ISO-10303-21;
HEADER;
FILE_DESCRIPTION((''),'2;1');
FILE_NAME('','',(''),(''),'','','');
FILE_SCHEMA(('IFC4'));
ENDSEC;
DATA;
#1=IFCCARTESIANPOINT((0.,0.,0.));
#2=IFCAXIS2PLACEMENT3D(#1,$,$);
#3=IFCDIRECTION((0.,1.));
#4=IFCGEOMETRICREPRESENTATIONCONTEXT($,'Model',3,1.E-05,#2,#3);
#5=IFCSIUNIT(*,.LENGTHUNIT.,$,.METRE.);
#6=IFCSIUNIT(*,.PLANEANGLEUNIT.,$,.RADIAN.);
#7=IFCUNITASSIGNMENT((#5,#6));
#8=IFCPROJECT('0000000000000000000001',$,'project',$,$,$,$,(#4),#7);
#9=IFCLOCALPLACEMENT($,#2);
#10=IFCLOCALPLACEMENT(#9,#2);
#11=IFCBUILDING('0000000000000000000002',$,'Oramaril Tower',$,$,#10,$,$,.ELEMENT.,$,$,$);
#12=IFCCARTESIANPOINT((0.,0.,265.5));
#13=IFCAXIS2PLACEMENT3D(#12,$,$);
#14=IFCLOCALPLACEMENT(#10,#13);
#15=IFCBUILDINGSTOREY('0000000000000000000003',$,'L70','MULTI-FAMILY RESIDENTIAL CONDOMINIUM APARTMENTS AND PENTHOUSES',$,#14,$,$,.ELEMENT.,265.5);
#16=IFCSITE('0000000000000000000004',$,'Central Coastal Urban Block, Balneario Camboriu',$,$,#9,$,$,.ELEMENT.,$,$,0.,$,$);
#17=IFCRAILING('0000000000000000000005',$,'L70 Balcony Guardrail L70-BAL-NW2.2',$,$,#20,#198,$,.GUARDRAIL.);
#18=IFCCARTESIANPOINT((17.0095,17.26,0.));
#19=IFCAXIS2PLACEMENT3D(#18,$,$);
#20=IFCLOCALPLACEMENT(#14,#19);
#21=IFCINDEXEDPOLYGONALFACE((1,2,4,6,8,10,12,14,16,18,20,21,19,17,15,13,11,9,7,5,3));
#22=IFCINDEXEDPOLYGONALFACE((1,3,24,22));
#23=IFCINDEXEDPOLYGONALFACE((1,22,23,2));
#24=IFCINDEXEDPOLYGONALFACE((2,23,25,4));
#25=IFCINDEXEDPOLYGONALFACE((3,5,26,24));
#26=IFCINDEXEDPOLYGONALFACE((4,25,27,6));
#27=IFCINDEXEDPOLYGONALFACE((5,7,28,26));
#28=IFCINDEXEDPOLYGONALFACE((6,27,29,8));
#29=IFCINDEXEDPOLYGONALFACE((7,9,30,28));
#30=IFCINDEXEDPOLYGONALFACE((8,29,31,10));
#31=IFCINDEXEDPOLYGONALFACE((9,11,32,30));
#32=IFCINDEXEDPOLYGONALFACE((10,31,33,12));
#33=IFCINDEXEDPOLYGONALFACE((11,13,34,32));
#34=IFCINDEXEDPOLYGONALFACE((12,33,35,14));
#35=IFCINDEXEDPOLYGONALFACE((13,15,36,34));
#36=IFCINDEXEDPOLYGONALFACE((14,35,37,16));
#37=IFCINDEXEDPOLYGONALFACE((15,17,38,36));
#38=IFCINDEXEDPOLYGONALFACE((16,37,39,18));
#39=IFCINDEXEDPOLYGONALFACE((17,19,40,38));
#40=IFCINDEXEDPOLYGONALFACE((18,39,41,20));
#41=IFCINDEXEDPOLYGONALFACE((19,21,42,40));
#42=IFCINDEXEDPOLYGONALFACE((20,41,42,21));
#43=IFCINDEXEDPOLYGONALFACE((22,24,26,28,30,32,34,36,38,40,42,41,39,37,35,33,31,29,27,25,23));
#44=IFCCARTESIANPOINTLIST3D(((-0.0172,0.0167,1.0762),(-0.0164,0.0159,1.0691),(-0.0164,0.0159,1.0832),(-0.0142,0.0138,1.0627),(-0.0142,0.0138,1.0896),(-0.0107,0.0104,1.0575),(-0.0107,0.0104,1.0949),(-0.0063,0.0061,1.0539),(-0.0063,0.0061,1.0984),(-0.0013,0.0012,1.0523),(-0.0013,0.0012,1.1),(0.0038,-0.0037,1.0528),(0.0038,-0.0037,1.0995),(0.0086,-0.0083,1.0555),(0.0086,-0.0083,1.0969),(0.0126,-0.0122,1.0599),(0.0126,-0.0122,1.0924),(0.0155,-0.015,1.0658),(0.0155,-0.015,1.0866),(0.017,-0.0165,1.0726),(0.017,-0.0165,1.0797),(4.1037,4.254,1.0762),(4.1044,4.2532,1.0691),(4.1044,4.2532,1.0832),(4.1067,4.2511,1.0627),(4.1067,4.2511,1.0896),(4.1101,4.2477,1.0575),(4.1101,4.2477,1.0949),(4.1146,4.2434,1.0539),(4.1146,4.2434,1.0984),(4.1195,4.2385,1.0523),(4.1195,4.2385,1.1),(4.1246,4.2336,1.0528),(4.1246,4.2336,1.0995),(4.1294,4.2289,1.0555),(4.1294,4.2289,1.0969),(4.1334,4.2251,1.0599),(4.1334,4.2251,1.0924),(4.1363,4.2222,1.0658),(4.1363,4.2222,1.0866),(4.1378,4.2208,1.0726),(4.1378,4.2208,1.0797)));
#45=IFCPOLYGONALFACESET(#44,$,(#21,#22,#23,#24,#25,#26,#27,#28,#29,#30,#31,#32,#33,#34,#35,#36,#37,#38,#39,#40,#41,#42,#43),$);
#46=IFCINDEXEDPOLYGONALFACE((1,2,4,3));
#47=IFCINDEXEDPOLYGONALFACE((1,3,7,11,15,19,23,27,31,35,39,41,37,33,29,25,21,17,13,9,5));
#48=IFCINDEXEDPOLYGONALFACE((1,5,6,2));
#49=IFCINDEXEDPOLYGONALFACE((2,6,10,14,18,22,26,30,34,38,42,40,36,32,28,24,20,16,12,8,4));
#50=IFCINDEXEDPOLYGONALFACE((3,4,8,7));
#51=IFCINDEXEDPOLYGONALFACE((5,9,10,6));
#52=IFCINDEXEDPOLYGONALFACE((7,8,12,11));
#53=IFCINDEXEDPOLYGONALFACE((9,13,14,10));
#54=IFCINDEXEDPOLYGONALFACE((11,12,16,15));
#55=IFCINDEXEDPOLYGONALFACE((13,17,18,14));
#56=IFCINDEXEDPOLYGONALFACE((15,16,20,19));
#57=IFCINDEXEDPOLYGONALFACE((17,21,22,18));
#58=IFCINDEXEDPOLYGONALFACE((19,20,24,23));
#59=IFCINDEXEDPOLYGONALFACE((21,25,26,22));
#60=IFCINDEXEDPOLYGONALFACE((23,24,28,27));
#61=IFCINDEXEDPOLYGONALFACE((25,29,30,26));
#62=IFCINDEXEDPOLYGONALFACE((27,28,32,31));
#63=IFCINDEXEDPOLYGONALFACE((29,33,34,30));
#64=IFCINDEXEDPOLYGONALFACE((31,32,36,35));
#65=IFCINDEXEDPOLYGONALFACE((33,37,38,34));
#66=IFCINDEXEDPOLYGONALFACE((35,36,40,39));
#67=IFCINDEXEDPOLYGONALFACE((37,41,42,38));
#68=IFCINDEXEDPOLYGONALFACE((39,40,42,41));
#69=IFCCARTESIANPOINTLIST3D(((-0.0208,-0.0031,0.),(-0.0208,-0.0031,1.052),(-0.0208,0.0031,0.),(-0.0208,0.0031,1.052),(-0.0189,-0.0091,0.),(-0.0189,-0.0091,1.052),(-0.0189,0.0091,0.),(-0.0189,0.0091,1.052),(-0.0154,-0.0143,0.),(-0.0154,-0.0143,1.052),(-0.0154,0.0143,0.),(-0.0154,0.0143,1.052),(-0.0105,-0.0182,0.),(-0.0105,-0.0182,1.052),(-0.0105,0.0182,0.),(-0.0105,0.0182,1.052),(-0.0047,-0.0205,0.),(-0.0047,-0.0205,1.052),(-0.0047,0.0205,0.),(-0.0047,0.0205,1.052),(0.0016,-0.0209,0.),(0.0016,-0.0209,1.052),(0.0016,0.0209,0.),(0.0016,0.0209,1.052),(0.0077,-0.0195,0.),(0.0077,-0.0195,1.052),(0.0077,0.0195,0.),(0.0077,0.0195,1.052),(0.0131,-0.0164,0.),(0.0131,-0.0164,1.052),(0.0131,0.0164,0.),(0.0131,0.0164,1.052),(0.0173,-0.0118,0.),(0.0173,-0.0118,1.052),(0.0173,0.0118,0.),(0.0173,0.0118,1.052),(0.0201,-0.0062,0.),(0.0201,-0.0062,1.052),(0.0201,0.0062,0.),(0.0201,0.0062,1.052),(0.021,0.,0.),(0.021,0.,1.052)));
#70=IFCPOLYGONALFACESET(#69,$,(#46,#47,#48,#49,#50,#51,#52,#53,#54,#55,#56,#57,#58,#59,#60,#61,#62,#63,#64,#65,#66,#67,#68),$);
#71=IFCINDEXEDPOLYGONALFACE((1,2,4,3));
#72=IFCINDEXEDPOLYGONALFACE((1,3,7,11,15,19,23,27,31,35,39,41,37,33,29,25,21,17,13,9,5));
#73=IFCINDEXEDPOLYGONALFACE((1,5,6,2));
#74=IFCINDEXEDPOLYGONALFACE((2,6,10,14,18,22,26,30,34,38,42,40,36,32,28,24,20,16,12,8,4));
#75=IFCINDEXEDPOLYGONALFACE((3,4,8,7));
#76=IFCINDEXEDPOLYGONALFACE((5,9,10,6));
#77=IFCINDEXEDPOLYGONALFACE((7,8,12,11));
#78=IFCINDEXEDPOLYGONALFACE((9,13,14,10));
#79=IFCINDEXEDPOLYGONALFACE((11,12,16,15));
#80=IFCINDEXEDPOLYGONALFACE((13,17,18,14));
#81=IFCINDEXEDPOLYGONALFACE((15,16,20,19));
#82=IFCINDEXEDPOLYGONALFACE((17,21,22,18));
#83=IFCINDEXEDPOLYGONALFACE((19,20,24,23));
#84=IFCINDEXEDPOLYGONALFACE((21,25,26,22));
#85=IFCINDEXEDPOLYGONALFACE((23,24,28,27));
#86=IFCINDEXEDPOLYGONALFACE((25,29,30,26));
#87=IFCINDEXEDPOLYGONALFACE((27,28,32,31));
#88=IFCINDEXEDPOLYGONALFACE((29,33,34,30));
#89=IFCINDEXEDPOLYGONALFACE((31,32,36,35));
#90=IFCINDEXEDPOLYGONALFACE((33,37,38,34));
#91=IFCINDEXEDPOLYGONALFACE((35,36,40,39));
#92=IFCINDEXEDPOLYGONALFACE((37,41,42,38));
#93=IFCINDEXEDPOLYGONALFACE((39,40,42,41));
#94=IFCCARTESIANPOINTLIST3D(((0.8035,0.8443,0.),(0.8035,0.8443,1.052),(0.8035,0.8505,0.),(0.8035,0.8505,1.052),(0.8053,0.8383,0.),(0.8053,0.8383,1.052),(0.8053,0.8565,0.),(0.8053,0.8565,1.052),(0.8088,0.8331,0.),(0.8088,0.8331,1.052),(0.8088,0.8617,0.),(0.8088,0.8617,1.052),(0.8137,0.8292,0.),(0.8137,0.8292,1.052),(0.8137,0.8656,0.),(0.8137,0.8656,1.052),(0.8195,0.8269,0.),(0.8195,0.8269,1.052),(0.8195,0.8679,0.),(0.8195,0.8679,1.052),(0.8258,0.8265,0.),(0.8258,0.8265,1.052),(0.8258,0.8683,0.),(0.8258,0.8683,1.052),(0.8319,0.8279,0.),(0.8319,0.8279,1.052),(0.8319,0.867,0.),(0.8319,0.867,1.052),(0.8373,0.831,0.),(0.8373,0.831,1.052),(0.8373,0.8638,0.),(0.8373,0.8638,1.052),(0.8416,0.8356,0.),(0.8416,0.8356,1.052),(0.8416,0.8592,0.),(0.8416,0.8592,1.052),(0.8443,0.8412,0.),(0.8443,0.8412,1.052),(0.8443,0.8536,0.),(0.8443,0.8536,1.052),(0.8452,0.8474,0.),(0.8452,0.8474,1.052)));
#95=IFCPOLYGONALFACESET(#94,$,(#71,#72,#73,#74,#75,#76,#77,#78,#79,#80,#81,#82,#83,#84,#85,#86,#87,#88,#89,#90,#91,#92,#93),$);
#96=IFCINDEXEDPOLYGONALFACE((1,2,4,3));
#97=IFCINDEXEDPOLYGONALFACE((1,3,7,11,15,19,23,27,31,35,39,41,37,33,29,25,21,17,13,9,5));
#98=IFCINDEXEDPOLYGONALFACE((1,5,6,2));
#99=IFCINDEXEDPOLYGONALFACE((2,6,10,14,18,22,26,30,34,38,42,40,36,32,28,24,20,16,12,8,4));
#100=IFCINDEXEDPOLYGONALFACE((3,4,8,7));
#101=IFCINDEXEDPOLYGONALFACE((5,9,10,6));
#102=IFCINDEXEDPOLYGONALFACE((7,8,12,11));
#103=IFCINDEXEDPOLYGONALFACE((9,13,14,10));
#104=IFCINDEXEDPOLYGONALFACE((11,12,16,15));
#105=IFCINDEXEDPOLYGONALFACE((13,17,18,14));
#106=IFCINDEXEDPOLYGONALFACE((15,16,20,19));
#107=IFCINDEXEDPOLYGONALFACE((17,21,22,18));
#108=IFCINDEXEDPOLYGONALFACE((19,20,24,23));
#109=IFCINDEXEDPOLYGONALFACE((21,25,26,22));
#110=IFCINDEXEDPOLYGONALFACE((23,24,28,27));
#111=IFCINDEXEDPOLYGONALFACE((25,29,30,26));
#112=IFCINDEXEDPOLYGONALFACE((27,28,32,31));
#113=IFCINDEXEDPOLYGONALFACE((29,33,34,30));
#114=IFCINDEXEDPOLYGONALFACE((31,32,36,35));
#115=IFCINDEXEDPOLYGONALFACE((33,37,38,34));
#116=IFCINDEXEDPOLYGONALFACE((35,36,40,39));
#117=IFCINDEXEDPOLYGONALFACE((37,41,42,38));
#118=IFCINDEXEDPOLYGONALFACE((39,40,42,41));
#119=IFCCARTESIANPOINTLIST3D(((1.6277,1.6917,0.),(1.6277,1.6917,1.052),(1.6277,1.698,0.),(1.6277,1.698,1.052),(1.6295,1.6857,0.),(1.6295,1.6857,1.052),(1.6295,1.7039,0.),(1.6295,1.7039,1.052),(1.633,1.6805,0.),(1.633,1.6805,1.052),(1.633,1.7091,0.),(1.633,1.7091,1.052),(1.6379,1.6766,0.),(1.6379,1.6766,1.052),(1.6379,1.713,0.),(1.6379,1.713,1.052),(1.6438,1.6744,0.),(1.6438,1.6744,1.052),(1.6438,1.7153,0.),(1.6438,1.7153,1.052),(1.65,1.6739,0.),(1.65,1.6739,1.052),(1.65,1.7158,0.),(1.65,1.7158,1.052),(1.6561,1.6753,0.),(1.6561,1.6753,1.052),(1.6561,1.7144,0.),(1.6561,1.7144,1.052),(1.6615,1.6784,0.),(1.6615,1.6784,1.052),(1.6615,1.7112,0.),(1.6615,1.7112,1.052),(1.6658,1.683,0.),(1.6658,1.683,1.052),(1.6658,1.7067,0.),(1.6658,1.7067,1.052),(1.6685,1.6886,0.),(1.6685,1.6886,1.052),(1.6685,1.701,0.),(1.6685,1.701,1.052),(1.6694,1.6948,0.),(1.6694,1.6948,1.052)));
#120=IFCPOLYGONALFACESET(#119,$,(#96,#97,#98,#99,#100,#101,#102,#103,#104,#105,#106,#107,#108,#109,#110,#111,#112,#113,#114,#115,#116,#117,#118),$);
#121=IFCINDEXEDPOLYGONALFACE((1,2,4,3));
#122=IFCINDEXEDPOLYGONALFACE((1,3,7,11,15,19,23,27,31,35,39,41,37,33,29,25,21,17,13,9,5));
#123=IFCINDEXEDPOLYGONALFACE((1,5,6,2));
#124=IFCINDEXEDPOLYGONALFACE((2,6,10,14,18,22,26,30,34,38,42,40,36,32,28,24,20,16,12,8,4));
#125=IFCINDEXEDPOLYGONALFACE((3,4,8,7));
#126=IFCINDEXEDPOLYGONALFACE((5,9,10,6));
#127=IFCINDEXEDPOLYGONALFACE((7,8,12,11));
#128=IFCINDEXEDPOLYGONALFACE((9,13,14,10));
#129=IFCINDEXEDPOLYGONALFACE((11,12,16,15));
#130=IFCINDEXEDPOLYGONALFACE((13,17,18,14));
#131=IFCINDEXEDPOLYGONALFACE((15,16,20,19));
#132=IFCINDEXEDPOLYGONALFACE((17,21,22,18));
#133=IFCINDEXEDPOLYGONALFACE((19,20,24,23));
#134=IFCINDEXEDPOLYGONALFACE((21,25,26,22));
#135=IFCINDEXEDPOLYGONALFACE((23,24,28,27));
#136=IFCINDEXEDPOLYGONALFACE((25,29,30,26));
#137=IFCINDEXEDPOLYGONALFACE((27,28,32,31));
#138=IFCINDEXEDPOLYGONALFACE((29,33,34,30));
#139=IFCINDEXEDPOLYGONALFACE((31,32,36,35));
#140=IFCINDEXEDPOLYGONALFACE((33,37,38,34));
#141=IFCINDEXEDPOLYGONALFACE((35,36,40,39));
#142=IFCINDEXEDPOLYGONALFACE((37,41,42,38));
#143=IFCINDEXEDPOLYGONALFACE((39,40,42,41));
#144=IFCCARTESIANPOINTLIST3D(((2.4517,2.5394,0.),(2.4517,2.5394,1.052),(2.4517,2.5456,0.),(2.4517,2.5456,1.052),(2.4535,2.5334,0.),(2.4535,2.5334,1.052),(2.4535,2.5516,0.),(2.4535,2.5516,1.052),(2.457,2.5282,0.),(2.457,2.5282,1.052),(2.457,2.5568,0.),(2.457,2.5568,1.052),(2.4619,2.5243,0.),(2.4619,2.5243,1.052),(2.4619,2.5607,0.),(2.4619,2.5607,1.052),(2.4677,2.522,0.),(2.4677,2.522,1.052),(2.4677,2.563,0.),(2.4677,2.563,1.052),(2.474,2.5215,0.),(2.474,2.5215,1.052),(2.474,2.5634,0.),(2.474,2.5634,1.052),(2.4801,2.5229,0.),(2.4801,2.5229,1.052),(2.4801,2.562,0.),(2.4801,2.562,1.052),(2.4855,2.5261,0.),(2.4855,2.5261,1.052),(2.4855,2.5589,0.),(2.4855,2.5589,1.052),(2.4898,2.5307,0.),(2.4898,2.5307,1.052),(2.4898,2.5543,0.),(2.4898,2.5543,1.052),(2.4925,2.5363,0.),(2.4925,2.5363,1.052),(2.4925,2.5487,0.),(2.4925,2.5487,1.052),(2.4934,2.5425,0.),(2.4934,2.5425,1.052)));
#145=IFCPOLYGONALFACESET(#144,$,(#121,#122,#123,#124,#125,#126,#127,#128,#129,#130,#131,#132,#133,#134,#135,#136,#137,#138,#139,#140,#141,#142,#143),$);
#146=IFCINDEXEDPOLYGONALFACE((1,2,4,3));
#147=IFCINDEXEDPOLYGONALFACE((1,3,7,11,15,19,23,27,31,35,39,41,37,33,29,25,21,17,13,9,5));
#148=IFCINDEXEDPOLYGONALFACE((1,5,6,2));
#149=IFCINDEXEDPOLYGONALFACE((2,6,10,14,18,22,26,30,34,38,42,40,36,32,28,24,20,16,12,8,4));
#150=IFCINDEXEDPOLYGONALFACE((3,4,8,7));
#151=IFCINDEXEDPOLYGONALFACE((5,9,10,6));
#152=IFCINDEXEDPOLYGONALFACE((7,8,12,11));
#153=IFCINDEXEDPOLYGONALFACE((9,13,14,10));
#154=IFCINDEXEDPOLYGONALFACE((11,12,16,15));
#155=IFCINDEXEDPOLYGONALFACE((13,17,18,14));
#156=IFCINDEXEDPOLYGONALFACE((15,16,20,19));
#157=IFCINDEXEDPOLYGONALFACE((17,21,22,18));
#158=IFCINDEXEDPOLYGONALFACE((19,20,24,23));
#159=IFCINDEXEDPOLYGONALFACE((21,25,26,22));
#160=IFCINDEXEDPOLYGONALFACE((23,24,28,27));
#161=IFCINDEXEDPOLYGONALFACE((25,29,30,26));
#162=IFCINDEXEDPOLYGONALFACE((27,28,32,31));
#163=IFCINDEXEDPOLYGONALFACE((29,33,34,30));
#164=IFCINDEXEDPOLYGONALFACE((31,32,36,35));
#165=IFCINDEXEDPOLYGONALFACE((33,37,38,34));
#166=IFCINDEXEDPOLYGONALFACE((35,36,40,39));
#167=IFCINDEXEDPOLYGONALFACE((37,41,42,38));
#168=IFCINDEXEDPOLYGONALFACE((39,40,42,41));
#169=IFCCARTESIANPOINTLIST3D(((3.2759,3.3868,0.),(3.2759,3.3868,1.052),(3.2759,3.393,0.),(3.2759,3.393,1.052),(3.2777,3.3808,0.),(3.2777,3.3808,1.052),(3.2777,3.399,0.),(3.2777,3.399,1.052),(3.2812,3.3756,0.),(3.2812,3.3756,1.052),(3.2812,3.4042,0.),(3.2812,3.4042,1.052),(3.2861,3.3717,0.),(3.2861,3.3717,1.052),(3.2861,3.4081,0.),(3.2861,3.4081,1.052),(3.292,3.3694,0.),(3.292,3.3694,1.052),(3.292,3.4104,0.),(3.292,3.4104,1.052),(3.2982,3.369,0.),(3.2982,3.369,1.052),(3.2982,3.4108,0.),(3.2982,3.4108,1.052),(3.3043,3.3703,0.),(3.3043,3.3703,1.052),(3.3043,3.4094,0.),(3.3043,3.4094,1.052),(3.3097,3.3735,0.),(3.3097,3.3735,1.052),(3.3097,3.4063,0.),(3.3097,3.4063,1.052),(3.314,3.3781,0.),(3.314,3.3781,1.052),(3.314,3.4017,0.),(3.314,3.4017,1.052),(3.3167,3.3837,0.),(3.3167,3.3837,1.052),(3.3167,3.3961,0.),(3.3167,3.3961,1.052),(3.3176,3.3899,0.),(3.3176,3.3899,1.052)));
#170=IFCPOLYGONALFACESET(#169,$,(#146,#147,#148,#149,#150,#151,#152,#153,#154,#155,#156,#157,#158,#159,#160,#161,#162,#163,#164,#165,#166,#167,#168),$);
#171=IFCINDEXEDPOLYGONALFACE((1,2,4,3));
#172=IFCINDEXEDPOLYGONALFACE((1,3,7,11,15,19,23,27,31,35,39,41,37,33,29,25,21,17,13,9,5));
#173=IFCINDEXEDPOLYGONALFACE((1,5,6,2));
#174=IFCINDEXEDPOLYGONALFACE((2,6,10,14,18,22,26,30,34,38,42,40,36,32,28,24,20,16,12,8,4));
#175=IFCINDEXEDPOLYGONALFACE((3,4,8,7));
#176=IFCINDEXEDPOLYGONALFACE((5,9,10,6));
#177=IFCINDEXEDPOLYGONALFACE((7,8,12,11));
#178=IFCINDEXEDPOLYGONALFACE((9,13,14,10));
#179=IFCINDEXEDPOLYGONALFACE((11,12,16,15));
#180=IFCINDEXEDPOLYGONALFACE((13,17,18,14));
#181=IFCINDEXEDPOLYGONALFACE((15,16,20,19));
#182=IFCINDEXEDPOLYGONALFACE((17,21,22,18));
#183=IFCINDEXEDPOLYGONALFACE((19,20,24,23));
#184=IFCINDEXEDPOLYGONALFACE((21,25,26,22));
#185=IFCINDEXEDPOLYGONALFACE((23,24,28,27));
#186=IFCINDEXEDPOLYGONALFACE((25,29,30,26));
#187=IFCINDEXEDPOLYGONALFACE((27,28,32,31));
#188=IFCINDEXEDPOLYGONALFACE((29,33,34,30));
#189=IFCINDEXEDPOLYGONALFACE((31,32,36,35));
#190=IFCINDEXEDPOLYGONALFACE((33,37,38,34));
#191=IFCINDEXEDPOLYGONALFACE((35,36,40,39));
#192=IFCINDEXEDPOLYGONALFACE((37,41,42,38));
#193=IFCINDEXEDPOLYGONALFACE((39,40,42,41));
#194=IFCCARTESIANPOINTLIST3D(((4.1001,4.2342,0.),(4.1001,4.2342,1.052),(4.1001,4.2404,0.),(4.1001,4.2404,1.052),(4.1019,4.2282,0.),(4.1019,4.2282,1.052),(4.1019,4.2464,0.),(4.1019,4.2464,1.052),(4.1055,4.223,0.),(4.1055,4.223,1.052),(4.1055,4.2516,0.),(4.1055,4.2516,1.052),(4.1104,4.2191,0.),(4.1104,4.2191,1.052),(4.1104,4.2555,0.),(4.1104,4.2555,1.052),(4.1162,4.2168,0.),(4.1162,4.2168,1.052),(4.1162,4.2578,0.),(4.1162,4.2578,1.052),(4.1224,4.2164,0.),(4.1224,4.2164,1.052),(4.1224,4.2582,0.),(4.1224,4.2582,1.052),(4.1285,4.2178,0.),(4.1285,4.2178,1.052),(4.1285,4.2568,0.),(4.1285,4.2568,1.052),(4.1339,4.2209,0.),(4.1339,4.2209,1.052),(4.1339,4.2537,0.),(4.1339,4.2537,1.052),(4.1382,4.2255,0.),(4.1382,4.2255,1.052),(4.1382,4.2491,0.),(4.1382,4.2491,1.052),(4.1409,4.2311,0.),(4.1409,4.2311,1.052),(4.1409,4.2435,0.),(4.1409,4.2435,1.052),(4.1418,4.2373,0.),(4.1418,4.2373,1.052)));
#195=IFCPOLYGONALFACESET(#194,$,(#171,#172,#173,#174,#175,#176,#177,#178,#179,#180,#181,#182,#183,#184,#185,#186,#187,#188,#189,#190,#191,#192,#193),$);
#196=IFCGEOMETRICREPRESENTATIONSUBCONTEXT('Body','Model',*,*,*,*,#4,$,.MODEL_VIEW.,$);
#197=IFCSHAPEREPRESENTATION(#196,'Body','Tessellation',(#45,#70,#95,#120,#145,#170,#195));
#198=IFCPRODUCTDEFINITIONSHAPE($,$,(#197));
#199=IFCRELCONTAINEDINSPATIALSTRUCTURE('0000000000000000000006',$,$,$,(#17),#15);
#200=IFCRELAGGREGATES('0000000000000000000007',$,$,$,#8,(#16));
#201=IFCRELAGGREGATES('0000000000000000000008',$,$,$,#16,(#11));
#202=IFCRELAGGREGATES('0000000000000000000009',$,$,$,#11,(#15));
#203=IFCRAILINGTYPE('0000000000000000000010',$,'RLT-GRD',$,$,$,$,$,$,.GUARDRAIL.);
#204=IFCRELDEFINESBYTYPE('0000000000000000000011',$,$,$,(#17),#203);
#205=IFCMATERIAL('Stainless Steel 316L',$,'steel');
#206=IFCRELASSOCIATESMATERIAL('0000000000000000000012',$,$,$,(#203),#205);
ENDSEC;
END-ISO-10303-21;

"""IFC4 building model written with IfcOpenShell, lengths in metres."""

from ifc_helpers import new_model, si_unit, direction, frame, origin, origin_2d, place, context, subcontext, project, spatial, circle, extrude, material, type_object, element, save


model = new_model("IFC4")

# Units and contexts
model_context = context("Model", 3, precision=1e-05, world=origin(), true_north=direction((0.0, 1.0)))
body_context = subcontext(model_context, "Body", "Model", "MODEL_VIEW")
ifc_project = project(units=[si_unit("LENGTHUNIT", "METRE"), si_unit("PLANEANGLEUNIT", "RADIAN")], contexts=[model_context])

# Site, building, storey
site_placement = place(None, origin())
site = spatial("IfcSite", under=ifc_project, at=site_placement, Name="Central Coastal Urban Block, Balneario Camboriu", CompositionType="ELEMENT", RefElevation=0.0)
building_placement = place(site_placement, origin())
building = spatial("IfcBuilding", under=site, at=building_placement, Name="Oramaril Tower", CompositionType="ELEMENT")
storey_placement = place(building_placement, frame((0.0, 0.0, 265.5)))
storey = spatial("IfcBuildingStorey", under=building, at=storey_placement, Name="L70", Description="MULTI-FAMILY RESIDENTIAL CONDOMINIUM APARTMENTS AND PENTHOUSES", CompositionType="ELEMENT", Elevation=265.5)

# Railing
ifc_material_1 = material(Name="Stainless Steel 316L", Category="steel")
railing_type = type_object("IfcRailingType", Name="RLT-GRD", PredefinedType="GUARDRAIL", material=ifc_material_1)
railing_1_placement = place(storey_placement, frame((17.0095, 17.26, 0.0)))
element("IfcRailing", 1, at=railing_1_placement, inside=storey, type_object=railing_type, Name="L70 Balcony Guardrail L70-BAL-NW2.2", PredefinedType="GUARDRAIL", context=body_context, shape_type="SweptSolid", body=[
    extrude(circle(Radius=0.0239, at=origin_2d()), frame((0.0, 0.0, 1.0762), z_axis=(0.697187, 0.716889, 0.0), x_axis=(-0.716889, 0.697187, 0.0)), (0.0, 0.0, 1.0), 5.9106),
    extrude(circle(Radius=0.021, at=origin_2d()), origin(), (0.0, 0.0, 1.0), 1.052),
    extrude(circle(Radius=0.021, at=origin_2d()), frame((0.8242, 0.8474, 0.0)), (0.0, 0.0, 1.0), 1.052),
    extrude(circle(Radius=0.021, at=origin_2d()), frame((1.6484, 1.6948, 0.0)), (0.0, 0.0, 1.0), 1.052),
    extrude(circle(Radius=0.021, at=origin_2d()), frame((2.4724, 2.5425, 0.0)), (0.0, 0.0, 1.0), 1.052),
    extrude(circle(Radius=0.021, at=origin_2d()), frame((3.2966, 3.3899, 0.0)), (0.0, 0.0, 1.0), 1.052),
    extrude(circle(Radius=0.021, at=origin_2d()), frame((4.1208, 4.2373, 0.0)), (0.0, 0.0, 1.0), 1.052),
])

save(model, "model.ifc")
